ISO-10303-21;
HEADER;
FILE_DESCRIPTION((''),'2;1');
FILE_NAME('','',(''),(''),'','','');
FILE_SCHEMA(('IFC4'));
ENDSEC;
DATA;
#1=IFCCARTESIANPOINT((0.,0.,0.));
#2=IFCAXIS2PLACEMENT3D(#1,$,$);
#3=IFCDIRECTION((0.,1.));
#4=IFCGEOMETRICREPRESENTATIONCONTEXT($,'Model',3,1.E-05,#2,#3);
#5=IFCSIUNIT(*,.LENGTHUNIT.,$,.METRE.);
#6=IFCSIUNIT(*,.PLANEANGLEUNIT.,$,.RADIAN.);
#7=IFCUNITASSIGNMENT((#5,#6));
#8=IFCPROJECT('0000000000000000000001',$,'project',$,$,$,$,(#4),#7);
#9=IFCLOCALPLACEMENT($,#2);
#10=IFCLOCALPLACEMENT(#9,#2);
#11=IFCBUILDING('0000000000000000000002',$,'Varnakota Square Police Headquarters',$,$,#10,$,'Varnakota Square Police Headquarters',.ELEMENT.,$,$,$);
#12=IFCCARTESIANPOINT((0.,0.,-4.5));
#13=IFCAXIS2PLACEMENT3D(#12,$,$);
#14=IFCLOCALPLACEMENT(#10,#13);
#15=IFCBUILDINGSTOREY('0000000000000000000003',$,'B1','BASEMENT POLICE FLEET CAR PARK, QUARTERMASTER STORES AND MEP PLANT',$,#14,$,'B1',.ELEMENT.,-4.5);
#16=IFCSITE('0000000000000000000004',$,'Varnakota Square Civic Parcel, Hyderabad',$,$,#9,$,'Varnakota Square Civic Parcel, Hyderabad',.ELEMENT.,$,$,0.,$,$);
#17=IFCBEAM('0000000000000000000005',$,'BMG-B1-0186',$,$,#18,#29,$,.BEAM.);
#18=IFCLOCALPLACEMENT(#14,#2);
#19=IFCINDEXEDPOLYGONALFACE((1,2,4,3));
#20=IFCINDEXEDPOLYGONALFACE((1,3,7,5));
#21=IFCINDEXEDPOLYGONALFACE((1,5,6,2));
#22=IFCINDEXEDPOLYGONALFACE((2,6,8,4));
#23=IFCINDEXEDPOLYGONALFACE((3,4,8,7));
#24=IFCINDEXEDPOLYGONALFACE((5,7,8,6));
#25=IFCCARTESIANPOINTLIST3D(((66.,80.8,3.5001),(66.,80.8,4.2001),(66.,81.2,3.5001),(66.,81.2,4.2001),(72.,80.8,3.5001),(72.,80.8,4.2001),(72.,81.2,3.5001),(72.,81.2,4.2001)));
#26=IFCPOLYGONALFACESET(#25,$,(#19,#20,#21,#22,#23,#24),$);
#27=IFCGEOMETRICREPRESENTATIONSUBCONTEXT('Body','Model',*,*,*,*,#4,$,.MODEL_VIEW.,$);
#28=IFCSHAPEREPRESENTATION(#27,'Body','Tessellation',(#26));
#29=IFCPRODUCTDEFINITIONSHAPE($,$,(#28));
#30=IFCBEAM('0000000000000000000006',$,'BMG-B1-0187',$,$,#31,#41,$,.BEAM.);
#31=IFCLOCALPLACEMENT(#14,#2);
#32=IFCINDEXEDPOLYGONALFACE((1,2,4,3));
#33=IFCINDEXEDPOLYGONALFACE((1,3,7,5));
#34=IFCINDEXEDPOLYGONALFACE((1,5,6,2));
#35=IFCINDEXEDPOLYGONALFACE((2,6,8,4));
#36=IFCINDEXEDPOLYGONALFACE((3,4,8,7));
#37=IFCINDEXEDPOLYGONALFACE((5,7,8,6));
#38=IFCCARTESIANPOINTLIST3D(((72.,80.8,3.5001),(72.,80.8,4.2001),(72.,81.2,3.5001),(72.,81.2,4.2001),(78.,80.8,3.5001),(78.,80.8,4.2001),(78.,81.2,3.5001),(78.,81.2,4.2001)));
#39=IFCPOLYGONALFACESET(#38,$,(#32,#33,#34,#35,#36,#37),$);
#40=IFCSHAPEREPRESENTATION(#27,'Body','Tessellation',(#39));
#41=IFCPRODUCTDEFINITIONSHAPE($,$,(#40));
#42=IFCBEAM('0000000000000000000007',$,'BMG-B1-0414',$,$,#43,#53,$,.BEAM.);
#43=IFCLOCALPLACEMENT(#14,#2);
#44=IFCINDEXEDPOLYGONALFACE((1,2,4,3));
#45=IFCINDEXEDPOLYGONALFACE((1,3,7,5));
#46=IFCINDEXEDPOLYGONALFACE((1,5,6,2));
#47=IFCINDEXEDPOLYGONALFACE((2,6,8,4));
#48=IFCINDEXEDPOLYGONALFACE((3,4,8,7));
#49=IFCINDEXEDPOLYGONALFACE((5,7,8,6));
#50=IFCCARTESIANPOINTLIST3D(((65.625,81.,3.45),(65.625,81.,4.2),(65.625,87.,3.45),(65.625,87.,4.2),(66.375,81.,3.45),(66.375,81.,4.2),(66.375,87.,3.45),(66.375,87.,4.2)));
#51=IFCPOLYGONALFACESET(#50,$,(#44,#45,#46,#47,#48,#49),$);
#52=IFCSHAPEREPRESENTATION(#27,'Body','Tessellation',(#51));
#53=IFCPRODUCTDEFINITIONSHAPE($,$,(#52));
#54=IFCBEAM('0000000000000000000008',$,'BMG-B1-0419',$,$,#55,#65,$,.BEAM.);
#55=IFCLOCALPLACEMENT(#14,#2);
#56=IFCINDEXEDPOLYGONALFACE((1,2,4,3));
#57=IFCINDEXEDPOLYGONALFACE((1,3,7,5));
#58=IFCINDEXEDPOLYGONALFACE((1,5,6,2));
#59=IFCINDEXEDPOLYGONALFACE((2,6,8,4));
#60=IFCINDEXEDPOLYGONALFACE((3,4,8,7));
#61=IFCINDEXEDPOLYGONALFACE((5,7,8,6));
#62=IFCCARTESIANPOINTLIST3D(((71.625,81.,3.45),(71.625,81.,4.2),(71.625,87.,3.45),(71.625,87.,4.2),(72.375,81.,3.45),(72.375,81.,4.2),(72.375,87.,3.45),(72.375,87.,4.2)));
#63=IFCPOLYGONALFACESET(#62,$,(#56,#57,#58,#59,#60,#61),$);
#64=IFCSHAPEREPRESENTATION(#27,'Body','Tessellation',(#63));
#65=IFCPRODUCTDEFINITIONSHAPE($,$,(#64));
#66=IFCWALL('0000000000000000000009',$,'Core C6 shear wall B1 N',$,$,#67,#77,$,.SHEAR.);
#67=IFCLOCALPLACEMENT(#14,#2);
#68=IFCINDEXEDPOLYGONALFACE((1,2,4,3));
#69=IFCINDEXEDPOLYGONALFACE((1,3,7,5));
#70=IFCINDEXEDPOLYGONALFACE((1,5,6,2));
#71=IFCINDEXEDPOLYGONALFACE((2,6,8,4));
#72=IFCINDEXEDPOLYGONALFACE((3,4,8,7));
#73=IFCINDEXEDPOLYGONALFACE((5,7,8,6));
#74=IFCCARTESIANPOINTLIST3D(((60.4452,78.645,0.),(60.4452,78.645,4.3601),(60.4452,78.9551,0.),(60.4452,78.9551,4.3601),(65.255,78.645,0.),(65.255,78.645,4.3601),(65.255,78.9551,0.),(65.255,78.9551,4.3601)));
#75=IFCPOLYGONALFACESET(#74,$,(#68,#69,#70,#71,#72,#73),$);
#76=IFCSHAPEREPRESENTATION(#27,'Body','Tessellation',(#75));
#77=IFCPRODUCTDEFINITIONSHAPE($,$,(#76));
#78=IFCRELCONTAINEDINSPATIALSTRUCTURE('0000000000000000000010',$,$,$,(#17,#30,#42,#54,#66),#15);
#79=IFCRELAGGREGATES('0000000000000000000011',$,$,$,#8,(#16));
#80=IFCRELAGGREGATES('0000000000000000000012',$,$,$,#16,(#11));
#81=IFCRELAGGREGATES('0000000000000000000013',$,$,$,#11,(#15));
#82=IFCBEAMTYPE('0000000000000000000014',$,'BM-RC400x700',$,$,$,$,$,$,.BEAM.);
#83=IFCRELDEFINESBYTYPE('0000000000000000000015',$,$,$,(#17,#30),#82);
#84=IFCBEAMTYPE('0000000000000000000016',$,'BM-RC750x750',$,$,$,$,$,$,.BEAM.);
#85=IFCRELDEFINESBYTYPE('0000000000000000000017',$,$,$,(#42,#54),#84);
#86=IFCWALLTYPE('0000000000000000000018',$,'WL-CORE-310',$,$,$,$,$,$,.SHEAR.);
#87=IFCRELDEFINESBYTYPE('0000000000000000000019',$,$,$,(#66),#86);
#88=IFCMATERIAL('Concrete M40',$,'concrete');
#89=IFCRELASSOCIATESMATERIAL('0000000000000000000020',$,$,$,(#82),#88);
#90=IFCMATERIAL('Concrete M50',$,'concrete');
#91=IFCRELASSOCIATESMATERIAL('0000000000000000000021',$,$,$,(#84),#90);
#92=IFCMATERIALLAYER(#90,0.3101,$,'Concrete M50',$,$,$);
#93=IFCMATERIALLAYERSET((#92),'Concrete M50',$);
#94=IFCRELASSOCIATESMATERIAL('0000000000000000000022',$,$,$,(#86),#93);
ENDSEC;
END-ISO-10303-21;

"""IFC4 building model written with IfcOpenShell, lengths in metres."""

from ifc_helpers import new_model, si_unit, direction, frame, frame_2d, origin, origin_2d, place, context, subcontext, project, spatial, rectangle, extrude, material, layer, layer_set, material_profile, profile_set, type_object, element, save


model = new_model("IFC4")

# Units and contexts
model_context = context("Model", 3, precision=1e-05, world=origin(), true_north=direction((0.0, 1.0)))
body_context = subcontext(model_context, "Body", "Model", "MODEL_VIEW")
ifc_project = project(units=[si_unit("LENGTHUNIT", "METRE"), si_unit("PLANEANGLEUNIT", "RADIAN")], contexts=[model_context])

# Site, building, storey
site_placement = place(None, origin())
site = spatial("IfcSite", under=ifc_project, at=site_placement, Name="Varnakota Square Civic Parcel, Hyderabad", LongName="Varnakota Square Civic Parcel, Hyderabad", CompositionType="ELEMENT", RefElevation=0.0)
building_placement = place(site_placement, origin())
building = spatial("IfcBuilding", under=site, at=building_placement, Name="Varnakota Square Police Headquarters", LongName="Varnakota Square Police Headquarters", CompositionType="ELEMENT")
storey_placement = place(building_placement, frame((0.0, 0.0, -4.5)))
storey = spatial("IfcBuildingStorey", under=building, at=storey_placement, Name="B1", Description="BASEMENT POLICE FLEET CAR PARK, QUARTERMASTER STORES AND MEP PLANT", LongName="B1", CompositionType="ELEMENT", Elevation=-4.5)

# Shared definitions
ifc_material_1 = material(Name="Concrete M40", Category="concrete")

# Beams
ifc_material_profile_1 = material_profile(ifc_material_1, rectangle(XDim=0.3999, YDim=0.7, at=origin_2d()), Name="RC 400x700")
ifc_profile_set_1 = profile_set([ifc_material_profile_1], Name="Concrete M40")
beam_type_1 = type_object("IfcBeamType", Name="BM-RC400x700", PredefinedType="BEAM", material=ifc_profile_set_1)
for number, where, z_axis, x_axis, name in (
    (1, (66.0, 81.0, 3.8501), (1.0, 0.0, 0.0), (0.0, 1.0, 0.0), "BMG-B1-0186"),
    (2, (72.0, 81.0, 3.8501), (1.0, 0.0, 0.0), (0.0, 1.0, 0.0), "BMG-B1-0187"),
):
    element("IfcBeam", number, at=place(storey_placement, frame(where, z_axis=z_axis, x_axis=x_axis)), inside=storey, type_object=beam_type_1, Name=name, PredefinedType="BEAM", context=body_context, shape_type="SweptSolid", body=[
        extrude(rectangle(XDim=0.3999, YDim=0.7, at=origin_2d()), origin(), (0.0, 0.0, 1.0), 6.0),
    ])
ifc_material_2 = material(Name="Concrete M50", Category="concrete")
ifc_material_profile_2 = material_profile(ifc_material_2, rectangle(XDim=0.75, YDim=0.75, at=origin_2d()), Name="RC 750x750")
ifc_profile_set_2 = profile_set([ifc_material_profile_2], Name="Concrete M50")
beam_type_2 = type_object("IfcBeamType", Name="BM-RC750x750", PredefinedType="BEAM", material=ifc_profile_set_2)
for number, where, z_axis, x_axis, name in (
    (3, (66.0, 81.0, 3.825), (0.0, 1.0, 0.0), (-1.0, 0.0, 0.0), "BMG-B1-0414"),
    (4, (72.0, 81.0, 3.825), (0.0, 1.0, 0.0), (-1.0, 0.0, 0.0), "BMG-B1-0419"),
):
    element("IfcBeam", number, at=place(storey_placement, frame(where, z_axis=z_axis, x_axis=x_axis)), inside=storey, type_object=beam_type_2, Name=name, PredefinedType="BEAM", context=body_context, shape_type="SweptSolid", body=[
        extrude(rectangle(XDim=0.75, YDim=0.75, at=origin_2d()), origin(), (0.0, 0.0, 1.0), 6.0),
    ])

# Wall
ifc_layer = layer(ifc_material_2, 0.3101, Name="Concrete M50")
ifc_layer_set = layer_set([ifc_layer], Name="Concrete M50")
wall_type = type_object("IfcWallType", Name="WL-CORE-310", PredefinedType="SHEAR", material=ifc_layer_set)
wall_placement = place(storey_placement, frame((65.2549, 78.8, 0.0), z_axis=(0.0, 0.0, 1.0), x_axis=(-1.0, 0.0, 0.0)))
element("IfcWall", 5, at=wall_placement, inside=storey, type_object=wall_type, Name="Core C6 shear wall B1 N", PredefinedType="SHEAR", context=body_context, shape_type="SweptSolid", body=[
    extrude(rectangle(XDim=4.8098, YDim=0.3101, at=frame_2d((2.4048, 0.0))), origin(), (0.0, 0.0, 1.0), 4.3601),
])

save(model, "model.ifc")
